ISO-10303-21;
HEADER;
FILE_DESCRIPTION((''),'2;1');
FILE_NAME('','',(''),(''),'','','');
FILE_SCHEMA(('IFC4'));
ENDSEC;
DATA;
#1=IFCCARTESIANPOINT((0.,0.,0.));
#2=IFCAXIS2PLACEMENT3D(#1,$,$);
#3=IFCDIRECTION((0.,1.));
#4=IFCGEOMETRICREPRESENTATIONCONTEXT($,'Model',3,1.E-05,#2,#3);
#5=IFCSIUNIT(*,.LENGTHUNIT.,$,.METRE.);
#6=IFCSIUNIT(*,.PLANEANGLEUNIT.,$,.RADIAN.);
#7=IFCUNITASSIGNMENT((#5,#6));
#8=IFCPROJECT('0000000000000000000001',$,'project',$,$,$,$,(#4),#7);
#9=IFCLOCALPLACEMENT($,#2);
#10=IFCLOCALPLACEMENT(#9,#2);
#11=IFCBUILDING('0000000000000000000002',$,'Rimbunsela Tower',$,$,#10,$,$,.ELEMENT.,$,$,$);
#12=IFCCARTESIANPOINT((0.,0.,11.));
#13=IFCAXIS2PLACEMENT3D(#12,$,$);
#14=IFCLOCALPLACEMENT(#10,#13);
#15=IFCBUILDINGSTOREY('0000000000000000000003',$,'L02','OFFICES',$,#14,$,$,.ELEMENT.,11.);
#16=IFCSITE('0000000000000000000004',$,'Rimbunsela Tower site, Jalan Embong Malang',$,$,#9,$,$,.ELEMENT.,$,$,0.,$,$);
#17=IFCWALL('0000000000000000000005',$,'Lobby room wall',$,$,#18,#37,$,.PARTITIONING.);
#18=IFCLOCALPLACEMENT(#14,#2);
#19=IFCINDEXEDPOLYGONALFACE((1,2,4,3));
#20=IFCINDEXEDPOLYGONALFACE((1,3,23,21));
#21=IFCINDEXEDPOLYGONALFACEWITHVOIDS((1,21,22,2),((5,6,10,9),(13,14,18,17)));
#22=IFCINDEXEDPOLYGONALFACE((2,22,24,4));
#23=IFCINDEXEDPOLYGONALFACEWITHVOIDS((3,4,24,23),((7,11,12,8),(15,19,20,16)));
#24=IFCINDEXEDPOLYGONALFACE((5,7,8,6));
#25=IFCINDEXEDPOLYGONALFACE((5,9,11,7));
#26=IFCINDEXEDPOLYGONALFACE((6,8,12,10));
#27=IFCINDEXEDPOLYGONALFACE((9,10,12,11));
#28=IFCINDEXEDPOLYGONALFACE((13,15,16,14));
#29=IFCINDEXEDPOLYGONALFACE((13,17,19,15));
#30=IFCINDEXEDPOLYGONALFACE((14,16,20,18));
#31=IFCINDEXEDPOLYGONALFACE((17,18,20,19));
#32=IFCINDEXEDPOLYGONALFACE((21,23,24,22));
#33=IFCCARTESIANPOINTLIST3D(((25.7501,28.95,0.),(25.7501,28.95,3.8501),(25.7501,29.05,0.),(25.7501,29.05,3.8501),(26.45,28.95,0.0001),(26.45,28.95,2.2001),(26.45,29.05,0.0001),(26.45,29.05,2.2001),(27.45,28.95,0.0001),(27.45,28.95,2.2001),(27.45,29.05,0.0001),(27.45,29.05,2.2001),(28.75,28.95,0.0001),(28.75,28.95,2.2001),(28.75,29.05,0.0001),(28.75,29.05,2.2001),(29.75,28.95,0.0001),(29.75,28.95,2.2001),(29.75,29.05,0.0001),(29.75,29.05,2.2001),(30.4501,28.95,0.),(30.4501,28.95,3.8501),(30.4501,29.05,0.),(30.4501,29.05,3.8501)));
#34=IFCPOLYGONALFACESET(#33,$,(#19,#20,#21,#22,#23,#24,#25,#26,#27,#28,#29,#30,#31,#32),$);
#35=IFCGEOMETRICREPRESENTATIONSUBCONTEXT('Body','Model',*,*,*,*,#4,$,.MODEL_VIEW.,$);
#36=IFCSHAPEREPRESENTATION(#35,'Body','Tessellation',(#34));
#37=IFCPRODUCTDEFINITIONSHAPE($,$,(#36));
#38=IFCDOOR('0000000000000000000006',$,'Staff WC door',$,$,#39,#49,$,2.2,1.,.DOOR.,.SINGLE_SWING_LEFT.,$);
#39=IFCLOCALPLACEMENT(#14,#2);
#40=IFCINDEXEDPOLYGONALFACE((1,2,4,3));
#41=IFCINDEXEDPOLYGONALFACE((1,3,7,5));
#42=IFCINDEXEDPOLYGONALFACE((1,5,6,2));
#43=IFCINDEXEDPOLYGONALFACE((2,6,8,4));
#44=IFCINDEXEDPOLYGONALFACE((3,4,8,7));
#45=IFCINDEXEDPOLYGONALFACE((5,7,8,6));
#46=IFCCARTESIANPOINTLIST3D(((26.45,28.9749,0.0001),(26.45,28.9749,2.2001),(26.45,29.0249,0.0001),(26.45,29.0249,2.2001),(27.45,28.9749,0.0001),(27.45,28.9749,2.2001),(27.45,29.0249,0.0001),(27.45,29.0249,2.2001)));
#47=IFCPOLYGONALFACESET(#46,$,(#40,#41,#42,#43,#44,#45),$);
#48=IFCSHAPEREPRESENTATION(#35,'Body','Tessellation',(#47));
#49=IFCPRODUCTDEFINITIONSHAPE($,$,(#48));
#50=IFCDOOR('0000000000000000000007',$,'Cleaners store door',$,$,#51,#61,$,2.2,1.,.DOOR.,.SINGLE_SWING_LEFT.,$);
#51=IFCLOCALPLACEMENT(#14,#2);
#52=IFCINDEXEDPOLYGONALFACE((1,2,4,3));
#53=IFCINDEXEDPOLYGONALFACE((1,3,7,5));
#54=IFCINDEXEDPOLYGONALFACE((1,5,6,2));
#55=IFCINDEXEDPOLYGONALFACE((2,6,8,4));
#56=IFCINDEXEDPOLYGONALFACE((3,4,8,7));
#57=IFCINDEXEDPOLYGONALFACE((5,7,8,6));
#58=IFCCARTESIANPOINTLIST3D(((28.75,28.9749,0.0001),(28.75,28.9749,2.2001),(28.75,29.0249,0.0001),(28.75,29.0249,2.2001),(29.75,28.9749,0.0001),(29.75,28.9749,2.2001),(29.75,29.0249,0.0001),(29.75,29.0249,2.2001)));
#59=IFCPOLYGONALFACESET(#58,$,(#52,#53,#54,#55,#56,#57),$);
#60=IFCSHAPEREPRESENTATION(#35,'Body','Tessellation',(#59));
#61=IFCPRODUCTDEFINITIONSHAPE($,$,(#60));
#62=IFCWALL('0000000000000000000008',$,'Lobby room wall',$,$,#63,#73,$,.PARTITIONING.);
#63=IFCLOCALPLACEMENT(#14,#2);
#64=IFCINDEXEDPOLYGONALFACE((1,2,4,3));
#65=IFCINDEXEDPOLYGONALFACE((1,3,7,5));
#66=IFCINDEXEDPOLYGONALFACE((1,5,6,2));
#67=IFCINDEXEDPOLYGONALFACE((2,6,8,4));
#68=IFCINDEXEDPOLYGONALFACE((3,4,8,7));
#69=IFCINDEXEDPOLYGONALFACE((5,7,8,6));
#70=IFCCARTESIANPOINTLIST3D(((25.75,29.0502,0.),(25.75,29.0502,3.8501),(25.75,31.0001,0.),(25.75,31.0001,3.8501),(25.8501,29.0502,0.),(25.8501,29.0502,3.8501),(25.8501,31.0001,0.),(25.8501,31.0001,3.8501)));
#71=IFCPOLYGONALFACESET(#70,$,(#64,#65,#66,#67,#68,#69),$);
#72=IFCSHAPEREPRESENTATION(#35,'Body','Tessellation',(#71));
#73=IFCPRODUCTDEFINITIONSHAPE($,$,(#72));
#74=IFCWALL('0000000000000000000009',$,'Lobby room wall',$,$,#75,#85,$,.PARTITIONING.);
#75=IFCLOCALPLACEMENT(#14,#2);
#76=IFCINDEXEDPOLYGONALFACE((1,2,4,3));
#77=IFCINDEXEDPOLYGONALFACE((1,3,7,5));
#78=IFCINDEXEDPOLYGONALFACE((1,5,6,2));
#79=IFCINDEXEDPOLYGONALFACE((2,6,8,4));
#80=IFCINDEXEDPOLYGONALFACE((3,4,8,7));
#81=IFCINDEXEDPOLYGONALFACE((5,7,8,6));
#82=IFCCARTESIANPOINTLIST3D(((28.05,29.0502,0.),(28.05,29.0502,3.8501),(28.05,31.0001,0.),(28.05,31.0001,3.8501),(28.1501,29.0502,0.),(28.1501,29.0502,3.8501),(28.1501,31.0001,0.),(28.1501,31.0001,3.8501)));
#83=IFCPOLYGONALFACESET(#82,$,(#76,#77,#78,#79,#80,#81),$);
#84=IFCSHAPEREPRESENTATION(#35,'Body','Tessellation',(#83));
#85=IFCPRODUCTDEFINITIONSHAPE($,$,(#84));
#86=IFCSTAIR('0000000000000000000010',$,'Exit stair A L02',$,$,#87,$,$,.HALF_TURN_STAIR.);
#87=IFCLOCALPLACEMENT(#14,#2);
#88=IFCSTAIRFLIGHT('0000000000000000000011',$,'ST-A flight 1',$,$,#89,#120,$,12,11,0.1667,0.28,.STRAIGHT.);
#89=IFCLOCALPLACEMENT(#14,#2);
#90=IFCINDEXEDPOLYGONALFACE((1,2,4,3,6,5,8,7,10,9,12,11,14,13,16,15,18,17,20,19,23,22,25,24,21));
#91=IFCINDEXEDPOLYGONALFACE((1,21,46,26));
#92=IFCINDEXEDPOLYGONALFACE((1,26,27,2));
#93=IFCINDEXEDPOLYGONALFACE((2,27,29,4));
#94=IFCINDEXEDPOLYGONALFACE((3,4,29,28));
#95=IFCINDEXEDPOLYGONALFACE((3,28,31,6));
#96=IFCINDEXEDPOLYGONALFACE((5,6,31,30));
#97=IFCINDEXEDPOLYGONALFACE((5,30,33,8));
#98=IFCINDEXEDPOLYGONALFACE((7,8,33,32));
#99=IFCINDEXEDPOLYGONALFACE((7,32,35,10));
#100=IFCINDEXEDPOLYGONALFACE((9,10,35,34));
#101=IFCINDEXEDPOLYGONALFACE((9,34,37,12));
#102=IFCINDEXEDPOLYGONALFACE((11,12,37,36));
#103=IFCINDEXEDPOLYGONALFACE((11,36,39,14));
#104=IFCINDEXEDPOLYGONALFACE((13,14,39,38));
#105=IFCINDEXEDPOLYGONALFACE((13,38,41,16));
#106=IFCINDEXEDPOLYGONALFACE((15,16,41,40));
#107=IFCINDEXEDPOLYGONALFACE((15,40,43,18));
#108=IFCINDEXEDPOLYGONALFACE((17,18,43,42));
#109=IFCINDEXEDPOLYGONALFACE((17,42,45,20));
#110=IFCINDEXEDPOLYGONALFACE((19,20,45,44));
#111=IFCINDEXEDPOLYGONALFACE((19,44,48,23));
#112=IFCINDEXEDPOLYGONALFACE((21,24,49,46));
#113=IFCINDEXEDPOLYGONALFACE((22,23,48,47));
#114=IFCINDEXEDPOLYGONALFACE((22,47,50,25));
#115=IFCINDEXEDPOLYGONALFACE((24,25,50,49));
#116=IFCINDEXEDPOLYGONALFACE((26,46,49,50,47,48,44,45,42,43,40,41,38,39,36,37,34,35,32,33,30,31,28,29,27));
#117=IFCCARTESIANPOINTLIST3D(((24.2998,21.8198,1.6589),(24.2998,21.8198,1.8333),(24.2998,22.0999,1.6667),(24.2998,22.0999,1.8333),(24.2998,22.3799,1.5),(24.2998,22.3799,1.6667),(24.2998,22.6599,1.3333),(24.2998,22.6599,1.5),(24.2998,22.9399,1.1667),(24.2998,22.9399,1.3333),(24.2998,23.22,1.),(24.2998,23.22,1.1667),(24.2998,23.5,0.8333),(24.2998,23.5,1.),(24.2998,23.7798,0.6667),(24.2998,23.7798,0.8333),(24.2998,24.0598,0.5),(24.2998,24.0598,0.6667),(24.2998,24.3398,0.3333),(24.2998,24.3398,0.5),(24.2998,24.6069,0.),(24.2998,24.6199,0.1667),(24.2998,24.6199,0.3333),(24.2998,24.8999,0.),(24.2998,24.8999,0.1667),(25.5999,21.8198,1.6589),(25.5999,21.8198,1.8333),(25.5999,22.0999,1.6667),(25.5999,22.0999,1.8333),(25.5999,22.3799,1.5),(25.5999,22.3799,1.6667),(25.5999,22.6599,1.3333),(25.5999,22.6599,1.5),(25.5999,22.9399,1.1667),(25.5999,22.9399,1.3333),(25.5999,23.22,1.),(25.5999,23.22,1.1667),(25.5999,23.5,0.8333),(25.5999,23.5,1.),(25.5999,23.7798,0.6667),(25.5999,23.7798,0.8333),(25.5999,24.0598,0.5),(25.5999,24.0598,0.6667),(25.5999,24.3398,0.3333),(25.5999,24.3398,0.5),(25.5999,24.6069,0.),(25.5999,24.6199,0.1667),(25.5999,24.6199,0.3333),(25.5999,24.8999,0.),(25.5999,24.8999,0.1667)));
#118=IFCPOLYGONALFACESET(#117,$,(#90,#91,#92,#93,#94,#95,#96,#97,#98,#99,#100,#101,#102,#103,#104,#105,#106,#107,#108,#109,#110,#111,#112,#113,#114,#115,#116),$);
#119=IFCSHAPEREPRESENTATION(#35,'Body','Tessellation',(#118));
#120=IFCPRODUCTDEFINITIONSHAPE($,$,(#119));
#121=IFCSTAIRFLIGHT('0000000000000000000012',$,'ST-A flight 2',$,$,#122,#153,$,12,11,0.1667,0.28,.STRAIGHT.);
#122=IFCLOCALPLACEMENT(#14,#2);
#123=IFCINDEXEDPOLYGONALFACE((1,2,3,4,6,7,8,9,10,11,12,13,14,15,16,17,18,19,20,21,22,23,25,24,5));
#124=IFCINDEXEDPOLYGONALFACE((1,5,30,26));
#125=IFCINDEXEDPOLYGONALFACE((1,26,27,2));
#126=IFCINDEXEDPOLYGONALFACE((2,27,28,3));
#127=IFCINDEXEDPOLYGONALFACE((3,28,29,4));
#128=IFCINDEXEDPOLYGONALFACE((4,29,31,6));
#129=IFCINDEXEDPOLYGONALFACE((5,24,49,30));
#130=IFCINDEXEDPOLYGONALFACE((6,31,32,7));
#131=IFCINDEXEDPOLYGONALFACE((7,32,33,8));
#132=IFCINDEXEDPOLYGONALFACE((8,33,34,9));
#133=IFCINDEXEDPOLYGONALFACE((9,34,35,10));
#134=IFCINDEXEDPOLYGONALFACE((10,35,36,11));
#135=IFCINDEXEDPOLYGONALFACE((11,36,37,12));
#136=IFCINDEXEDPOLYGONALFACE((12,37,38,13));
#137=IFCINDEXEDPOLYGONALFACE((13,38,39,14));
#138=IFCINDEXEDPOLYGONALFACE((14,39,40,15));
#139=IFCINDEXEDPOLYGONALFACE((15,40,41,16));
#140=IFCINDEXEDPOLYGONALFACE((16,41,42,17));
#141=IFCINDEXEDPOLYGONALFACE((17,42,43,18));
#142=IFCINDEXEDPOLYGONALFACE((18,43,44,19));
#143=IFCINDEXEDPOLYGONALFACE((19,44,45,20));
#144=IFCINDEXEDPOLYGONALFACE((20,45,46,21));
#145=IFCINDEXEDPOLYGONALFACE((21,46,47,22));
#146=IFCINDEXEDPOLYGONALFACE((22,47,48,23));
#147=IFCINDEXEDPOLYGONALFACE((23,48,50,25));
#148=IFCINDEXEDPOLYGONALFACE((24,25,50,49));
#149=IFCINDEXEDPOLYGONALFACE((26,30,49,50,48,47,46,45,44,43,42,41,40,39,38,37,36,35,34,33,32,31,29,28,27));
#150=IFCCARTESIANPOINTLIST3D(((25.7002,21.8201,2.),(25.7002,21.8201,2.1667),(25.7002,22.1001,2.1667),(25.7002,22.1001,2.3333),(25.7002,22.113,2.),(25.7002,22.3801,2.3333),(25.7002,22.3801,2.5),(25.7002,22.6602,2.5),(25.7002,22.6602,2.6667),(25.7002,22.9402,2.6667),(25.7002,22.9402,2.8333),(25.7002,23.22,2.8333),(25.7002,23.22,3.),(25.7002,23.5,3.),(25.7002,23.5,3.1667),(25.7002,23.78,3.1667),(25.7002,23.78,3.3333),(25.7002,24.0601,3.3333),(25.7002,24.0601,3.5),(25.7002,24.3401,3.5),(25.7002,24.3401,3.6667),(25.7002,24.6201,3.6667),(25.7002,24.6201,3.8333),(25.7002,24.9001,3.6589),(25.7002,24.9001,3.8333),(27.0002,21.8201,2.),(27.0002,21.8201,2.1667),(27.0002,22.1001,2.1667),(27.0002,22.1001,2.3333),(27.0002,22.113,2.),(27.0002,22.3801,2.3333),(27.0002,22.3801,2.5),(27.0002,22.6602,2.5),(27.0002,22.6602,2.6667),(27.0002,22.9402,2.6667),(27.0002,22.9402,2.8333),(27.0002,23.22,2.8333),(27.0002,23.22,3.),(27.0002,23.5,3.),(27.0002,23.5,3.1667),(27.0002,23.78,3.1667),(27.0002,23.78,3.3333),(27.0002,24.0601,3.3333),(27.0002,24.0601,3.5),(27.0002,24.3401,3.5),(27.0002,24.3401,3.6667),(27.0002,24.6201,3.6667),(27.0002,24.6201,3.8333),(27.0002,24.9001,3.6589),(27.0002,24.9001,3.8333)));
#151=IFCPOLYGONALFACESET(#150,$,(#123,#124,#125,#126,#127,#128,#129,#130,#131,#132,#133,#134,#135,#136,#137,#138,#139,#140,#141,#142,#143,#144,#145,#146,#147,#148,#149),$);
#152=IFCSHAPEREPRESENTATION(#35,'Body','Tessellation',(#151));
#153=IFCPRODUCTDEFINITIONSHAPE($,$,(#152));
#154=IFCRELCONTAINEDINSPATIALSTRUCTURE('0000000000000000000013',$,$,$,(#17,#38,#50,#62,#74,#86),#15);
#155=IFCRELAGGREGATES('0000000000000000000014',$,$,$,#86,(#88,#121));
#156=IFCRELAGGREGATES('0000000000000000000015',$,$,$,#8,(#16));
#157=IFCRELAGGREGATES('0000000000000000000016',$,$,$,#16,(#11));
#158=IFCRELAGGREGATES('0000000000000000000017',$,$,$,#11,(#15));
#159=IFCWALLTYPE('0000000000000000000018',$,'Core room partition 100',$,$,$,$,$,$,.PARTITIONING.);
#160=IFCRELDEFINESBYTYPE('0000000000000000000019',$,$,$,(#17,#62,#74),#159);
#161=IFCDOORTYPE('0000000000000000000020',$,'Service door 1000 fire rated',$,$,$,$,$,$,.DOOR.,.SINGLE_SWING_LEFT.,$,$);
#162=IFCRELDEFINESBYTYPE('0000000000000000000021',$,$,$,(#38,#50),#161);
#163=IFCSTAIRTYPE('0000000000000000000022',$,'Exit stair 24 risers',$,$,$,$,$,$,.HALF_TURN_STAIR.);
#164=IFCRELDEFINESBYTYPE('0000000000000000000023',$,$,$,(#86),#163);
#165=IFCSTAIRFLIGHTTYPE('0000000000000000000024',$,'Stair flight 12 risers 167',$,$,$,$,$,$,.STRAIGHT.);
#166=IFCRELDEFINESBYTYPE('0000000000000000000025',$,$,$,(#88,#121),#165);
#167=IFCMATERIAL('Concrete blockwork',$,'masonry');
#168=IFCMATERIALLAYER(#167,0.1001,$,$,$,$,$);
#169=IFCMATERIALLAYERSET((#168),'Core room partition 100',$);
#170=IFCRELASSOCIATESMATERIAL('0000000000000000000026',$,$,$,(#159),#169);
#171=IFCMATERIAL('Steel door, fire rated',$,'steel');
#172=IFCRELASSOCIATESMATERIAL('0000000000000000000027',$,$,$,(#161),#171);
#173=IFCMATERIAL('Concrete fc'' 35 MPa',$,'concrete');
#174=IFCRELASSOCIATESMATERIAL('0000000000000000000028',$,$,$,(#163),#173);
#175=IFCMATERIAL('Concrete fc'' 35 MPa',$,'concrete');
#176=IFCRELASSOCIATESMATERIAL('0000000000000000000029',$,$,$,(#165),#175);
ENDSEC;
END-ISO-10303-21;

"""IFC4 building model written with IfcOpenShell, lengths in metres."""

from ifc_helpers import new_model, si_unit, direction, frame, frame_2d, origin, place, context, subcontext, project, spatial, polyline, rectangle, outline, extrude, material, layer, layer_set, type_object, element, fill, aggregate, save


model = new_model("IFC4")

# Units and contexts
model_context = context("Model", 3, precision=1e-05, world=origin(), true_north=direction((0.0, 1.0)))
body_context = subcontext(model_context, "Body", "Model", "MODEL_VIEW")
ifc_project = project(units=[si_unit("LENGTHUNIT", "METRE"), si_unit("PLANEANGLEUNIT", "RADIAN")], contexts=[model_context])

# Site, building, storey
site_placement = place(None, origin())
site = spatial("IfcSite", under=ifc_project, at=site_placement, Name="Rimbunsela Tower site, Jalan Embong Malang", CompositionType="ELEMENT", RefElevation=0.0)
building_placement = place(site_placement, origin())
building = spatial("IfcBuilding", under=site, at=building_placement, Name="Rimbunsela Tower", CompositionType="ELEMENT")
storey_placement = place(building_placement, frame((0.0, 0.0, 11.0)))
storey = spatial("IfcBuildingStorey", under=building, at=storey_placement, Name="L02", Description="OFFICES", CompositionType="ELEMENT", Elevation=11.0)

# Wall, openings, doors
ifc_material_1 = material(Name="Concrete blockwork", Category="masonry")
ifc_layer_1 = layer(ifc_material_1, 0.1001)
ifc_layer_set_1 = layer_set([ifc_layer_1], Name="Core room partition 100")
wall_type_1 = type_object("IfcWallType", Name="Core room partition 100", PredefinedType="PARTITIONING", material=ifc_layer_set_1)
wall_1_placement = place(storey_placement, frame((25.75, 29.0, 0.0), z_axis=(0.0, 0.0, 1.0), x_axis=(1.0, 0.0, 0.0)))
wall_1 = element("IfcWall", 1, at=wall_1_placement, inside=storey, type_object=wall_type_1, Name="Lobby room wall", PredefinedType="PARTITIONING", context=body_context, shape_type="SweptSolid", body=[
    extrude(rectangle(XDim=4.7, YDim=0.1001, at=frame_2d((2.3501, 0.0))), origin(), (0.0, 0.0, 1.0), 3.8501),
])
opening_1_placement = place(wall_1_placement, frame((0.7, 0.0, 0.0)))
opening_1 = element("IfcOpeningElement", 2, at=opening_1_placement, cuts=wall_1, PredefinedType="OPENING", context=body_context, shape_type="SweptSolid", body=[
    extrude(rectangle(XDim=1.0, YDim=2.2, at=frame_2d((0.5, 1.1001))), frame((0.0, 0.0601, 0.0), z_axis=(0.0, -1.0, 0.0), x_axis=(1.0, 0.0, 0.0)), (0.0, 0.0, 1.0), 0.1201),
])
opening_2_placement = place(wall_1_placement, frame((3.0, 0.0, 0.0)))
opening_2 = element("IfcOpeningElement", 3, at=opening_2_placement, cuts=wall_1, PredefinedType="OPENING", context=body_context, shape_type="SweptSolid", body=[
    extrude(rectangle(XDim=1.0, YDim=2.2, at=frame_2d((0.5, 1.1001))), frame((0.0, 0.0601, 0.0), z_axis=(0.0, -1.0, 0.0), x_axis=(1.0, 0.0, 0.0)), (0.0, 0.0, 1.0), 0.1201),
])
ifc_material_2 = material(Name="Steel door, fire rated", Category="steel")
door_type_1 = type_object("IfcDoorType", Name="Service door 1000 fire rated", OperationType="SINGLE_SWING_LEFT", PredefinedType="DOOR", material=ifc_material_2)
door_1_placement = place(opening_1_placement, origin())
door_1 = element("IfcDoor", 4, at=door_1_placement, inside=storey, type_object=door_type_1, Name="Staff WC door", OperationType="SINGLE_SWING_LEFT", OverallHeight=2.2, OverallWidth=1.0, PredefinedType="DOOR", context=body_context, shape_type="SweptSolid", body=[
    extrude(rectangle(XDim=1.0, YDim=2.2, at=frame_2d((0.5, 1.1001))), frame((0.0, 0.0249, 0.0), z_axis=(0.0, -1.0, 0.0), x_axis=(1.0, 0.0, 0.0)), (0.0, 0.0, 1.0), 0.05),
])
fill(opening_1, door_1)
door_2_placement = place(opening_2_placement, origin())
door_2 = element("IfcDoor", 5, at=door_2_placement, inside=storey, type_object=door_type_1, Name="Cleaners store door", OperationType="SINGLE_SWING_LEFT", OverallHeight=2.2, OverallWidth=1.0, PredefinedType="DOOR", context=body_context, shape_type="SweptSolid", body=[
    extrude(rectangle(XDim=1.0, YDim=2.2, at=frame_2d((0.5, 1.1001))), frame((0.0, 0.0249, 0.0), z_axis=(0.0, -1.0, 0.0), x_axis=(1.0, 0.0, 0.0)), (0.0, 0.0, 1.0), 0.05),
])
fill(opening_2, door_2)

# Walls
for number, where, z_axis, x_axis, name in (
    (6, (25.8, 29.05, 0.0), (0.0, 0.0, 1.0), (0.0, 1.0, 0.0), "Lobby room wall"),
    (7, (28.1001, 29.05, 0.0), (0.0, 0.0, 1.0), (0.0, 1.0, 0.0), "Lobby room wall"),
):
    element("IfcWall", number, at=place(storey_placement, frame(where, z_axis=z_axis, x_axis=x_axis)), inside=storey, type_object=wall_type_1, Name=name, PredefinedType="PARTITIONING", context=body_context, shape_type="SweptSolid", body=[
        extrude(rectangle(XDim=1.95, YDim=0.1001, at=frame_2d((0.9751, 0.0))), origin(), (0.0, 0.0, 1.0), 3.8501),
    ])

# Stair, stair flights
ifc_material_3 = material(Name="Concrete fc' 35 MPa", Category="concrete")
stair_type = type_object("IfcStairType", Name="Exit stair 24 risers", PredefinedType="HALF_TURN_STAIR", material=ifc_material_3)
stair_placement = place(storey_placement, origin())
stair = element("IfcStair", 8, at=stair_placement, inside=storey, type_object=stair_type, Name="Exit stair A L02", PredefinedType="HALF_TURN_STAIR")
ifc_material_4 = material(Name="Concrete fc' 35 MPa", Category="concrete")
stair_flight_type = type_object("IfcStairFlightType", Name="Stair flight 12 risers 167", PredefinedType="STRAIGHT", material=ifc_material_4)
stair_flight_1_placement = place(storey_placement, frame((24.95, 24.8999, 0.0), z_axis=(0.0, 0.0, 1.0), x_axis=(0.0, -1.0, 0.0)))
stair_flight_1 = element("IfcStairFlight", 9, at=stair_flight_1_placement, type_object=stair_flight_type, Name="ST-A flight 1", NumberOfRisers=12, NumberOfTreads=11, PredefinedType="STRAIGHT", RiserHeight=0.1667, TreadLength=0.28, context=body_context, shape_type="SweptSolid", body=[
    extrude(outline(polyline([(0.0, 0.0), (0.0, 0.1667), (0.28, 0.1667), (0.28, 0.3333), (0.5601, 0.3333), (0.5601, 0.5), (0.8401, 0.5), (0.8401, 0.6667), (1.1201, 0.6667), (1.1201, 0.8333), (1.3999, 0.8333), (1.3999, 1.0), (1.6799, 1.0), (1.6799, 1.1667), (1.96, 1.1667), (1.96, 1.3333), (2.24, 1.3333), (2.24, 1.5), (2.52, 1.5), (2.52, 1.6667), (2.8, 1.6667), (2.8, 1.8333), (3.0801, 1.8333), (3.0801, 2.0), (3.0801, 1.6589), (0.293, 0.0), (0.0, 0.0)])), frame((0.0, 0.6499, 0.0), z_axis=(0.0, -1.0, 0.0), x_axis=(1.0, 0.0, 0.0)), (0.0, 0.0, 1.0), 1.3),
])
stair_flight_2_placement = place(storey_placement, frame((26.3501, 21.8201, 2.0), z_axis=(0.0, 0.0, 1.0), x_axis=(0.0, 1.0, 0.0)))
stair_flight_2 = element("IfcStairFlight", 10, at=stair_flight_2_placement, type_object=stair_flight_type, Name="ST-A flight 2", NumberOfRisers=12, NumberOfTreads=11, PredefinedType="STRAIGHT", RiserHeight=0.1667, TreadLength=0.28, context=body_context, shape_type="SweptSolid", body=[
    extrude(outline(polyline([(0.0, 0.0), (0.0, 0.1667), (0.28, 0.1667), (0.28, 0.3333), (0.5601, 0.3333), (0.5601, 0.5), (0.8401, 0.5), (0.8401, 0.6667), (1.1201, 0.6667), (1.1201, 0.8333), (1.3999, 0.8333), (1.3999, 1.0), (1.6799, 1.0), (1.6799, 1.1667), (1.96, 1.1667), (1.96, 1.3333), (2.24, 1.3333), (2.24, 1.5), (2.52, 1.5), (2.52, 1.6667), (2.8, 1.6667), (2.8, 1.8333), (3.0801, 1.8333), (3.0801, 2.0), (3.0801, 1.6589), (0.293, 0.0), (0.0, 0.0)])), frame((0.0, 0.6499, 0.0), z_axis=(0.0, -1.0, 0.0), x_axis=(1.0, 0.0, 0.0)), (0.0, 0.0, 1.0), 1.3),
])
aggregate(stair, [stair_flight_1, stair_flight_2])

save(model, "model.ifc")
